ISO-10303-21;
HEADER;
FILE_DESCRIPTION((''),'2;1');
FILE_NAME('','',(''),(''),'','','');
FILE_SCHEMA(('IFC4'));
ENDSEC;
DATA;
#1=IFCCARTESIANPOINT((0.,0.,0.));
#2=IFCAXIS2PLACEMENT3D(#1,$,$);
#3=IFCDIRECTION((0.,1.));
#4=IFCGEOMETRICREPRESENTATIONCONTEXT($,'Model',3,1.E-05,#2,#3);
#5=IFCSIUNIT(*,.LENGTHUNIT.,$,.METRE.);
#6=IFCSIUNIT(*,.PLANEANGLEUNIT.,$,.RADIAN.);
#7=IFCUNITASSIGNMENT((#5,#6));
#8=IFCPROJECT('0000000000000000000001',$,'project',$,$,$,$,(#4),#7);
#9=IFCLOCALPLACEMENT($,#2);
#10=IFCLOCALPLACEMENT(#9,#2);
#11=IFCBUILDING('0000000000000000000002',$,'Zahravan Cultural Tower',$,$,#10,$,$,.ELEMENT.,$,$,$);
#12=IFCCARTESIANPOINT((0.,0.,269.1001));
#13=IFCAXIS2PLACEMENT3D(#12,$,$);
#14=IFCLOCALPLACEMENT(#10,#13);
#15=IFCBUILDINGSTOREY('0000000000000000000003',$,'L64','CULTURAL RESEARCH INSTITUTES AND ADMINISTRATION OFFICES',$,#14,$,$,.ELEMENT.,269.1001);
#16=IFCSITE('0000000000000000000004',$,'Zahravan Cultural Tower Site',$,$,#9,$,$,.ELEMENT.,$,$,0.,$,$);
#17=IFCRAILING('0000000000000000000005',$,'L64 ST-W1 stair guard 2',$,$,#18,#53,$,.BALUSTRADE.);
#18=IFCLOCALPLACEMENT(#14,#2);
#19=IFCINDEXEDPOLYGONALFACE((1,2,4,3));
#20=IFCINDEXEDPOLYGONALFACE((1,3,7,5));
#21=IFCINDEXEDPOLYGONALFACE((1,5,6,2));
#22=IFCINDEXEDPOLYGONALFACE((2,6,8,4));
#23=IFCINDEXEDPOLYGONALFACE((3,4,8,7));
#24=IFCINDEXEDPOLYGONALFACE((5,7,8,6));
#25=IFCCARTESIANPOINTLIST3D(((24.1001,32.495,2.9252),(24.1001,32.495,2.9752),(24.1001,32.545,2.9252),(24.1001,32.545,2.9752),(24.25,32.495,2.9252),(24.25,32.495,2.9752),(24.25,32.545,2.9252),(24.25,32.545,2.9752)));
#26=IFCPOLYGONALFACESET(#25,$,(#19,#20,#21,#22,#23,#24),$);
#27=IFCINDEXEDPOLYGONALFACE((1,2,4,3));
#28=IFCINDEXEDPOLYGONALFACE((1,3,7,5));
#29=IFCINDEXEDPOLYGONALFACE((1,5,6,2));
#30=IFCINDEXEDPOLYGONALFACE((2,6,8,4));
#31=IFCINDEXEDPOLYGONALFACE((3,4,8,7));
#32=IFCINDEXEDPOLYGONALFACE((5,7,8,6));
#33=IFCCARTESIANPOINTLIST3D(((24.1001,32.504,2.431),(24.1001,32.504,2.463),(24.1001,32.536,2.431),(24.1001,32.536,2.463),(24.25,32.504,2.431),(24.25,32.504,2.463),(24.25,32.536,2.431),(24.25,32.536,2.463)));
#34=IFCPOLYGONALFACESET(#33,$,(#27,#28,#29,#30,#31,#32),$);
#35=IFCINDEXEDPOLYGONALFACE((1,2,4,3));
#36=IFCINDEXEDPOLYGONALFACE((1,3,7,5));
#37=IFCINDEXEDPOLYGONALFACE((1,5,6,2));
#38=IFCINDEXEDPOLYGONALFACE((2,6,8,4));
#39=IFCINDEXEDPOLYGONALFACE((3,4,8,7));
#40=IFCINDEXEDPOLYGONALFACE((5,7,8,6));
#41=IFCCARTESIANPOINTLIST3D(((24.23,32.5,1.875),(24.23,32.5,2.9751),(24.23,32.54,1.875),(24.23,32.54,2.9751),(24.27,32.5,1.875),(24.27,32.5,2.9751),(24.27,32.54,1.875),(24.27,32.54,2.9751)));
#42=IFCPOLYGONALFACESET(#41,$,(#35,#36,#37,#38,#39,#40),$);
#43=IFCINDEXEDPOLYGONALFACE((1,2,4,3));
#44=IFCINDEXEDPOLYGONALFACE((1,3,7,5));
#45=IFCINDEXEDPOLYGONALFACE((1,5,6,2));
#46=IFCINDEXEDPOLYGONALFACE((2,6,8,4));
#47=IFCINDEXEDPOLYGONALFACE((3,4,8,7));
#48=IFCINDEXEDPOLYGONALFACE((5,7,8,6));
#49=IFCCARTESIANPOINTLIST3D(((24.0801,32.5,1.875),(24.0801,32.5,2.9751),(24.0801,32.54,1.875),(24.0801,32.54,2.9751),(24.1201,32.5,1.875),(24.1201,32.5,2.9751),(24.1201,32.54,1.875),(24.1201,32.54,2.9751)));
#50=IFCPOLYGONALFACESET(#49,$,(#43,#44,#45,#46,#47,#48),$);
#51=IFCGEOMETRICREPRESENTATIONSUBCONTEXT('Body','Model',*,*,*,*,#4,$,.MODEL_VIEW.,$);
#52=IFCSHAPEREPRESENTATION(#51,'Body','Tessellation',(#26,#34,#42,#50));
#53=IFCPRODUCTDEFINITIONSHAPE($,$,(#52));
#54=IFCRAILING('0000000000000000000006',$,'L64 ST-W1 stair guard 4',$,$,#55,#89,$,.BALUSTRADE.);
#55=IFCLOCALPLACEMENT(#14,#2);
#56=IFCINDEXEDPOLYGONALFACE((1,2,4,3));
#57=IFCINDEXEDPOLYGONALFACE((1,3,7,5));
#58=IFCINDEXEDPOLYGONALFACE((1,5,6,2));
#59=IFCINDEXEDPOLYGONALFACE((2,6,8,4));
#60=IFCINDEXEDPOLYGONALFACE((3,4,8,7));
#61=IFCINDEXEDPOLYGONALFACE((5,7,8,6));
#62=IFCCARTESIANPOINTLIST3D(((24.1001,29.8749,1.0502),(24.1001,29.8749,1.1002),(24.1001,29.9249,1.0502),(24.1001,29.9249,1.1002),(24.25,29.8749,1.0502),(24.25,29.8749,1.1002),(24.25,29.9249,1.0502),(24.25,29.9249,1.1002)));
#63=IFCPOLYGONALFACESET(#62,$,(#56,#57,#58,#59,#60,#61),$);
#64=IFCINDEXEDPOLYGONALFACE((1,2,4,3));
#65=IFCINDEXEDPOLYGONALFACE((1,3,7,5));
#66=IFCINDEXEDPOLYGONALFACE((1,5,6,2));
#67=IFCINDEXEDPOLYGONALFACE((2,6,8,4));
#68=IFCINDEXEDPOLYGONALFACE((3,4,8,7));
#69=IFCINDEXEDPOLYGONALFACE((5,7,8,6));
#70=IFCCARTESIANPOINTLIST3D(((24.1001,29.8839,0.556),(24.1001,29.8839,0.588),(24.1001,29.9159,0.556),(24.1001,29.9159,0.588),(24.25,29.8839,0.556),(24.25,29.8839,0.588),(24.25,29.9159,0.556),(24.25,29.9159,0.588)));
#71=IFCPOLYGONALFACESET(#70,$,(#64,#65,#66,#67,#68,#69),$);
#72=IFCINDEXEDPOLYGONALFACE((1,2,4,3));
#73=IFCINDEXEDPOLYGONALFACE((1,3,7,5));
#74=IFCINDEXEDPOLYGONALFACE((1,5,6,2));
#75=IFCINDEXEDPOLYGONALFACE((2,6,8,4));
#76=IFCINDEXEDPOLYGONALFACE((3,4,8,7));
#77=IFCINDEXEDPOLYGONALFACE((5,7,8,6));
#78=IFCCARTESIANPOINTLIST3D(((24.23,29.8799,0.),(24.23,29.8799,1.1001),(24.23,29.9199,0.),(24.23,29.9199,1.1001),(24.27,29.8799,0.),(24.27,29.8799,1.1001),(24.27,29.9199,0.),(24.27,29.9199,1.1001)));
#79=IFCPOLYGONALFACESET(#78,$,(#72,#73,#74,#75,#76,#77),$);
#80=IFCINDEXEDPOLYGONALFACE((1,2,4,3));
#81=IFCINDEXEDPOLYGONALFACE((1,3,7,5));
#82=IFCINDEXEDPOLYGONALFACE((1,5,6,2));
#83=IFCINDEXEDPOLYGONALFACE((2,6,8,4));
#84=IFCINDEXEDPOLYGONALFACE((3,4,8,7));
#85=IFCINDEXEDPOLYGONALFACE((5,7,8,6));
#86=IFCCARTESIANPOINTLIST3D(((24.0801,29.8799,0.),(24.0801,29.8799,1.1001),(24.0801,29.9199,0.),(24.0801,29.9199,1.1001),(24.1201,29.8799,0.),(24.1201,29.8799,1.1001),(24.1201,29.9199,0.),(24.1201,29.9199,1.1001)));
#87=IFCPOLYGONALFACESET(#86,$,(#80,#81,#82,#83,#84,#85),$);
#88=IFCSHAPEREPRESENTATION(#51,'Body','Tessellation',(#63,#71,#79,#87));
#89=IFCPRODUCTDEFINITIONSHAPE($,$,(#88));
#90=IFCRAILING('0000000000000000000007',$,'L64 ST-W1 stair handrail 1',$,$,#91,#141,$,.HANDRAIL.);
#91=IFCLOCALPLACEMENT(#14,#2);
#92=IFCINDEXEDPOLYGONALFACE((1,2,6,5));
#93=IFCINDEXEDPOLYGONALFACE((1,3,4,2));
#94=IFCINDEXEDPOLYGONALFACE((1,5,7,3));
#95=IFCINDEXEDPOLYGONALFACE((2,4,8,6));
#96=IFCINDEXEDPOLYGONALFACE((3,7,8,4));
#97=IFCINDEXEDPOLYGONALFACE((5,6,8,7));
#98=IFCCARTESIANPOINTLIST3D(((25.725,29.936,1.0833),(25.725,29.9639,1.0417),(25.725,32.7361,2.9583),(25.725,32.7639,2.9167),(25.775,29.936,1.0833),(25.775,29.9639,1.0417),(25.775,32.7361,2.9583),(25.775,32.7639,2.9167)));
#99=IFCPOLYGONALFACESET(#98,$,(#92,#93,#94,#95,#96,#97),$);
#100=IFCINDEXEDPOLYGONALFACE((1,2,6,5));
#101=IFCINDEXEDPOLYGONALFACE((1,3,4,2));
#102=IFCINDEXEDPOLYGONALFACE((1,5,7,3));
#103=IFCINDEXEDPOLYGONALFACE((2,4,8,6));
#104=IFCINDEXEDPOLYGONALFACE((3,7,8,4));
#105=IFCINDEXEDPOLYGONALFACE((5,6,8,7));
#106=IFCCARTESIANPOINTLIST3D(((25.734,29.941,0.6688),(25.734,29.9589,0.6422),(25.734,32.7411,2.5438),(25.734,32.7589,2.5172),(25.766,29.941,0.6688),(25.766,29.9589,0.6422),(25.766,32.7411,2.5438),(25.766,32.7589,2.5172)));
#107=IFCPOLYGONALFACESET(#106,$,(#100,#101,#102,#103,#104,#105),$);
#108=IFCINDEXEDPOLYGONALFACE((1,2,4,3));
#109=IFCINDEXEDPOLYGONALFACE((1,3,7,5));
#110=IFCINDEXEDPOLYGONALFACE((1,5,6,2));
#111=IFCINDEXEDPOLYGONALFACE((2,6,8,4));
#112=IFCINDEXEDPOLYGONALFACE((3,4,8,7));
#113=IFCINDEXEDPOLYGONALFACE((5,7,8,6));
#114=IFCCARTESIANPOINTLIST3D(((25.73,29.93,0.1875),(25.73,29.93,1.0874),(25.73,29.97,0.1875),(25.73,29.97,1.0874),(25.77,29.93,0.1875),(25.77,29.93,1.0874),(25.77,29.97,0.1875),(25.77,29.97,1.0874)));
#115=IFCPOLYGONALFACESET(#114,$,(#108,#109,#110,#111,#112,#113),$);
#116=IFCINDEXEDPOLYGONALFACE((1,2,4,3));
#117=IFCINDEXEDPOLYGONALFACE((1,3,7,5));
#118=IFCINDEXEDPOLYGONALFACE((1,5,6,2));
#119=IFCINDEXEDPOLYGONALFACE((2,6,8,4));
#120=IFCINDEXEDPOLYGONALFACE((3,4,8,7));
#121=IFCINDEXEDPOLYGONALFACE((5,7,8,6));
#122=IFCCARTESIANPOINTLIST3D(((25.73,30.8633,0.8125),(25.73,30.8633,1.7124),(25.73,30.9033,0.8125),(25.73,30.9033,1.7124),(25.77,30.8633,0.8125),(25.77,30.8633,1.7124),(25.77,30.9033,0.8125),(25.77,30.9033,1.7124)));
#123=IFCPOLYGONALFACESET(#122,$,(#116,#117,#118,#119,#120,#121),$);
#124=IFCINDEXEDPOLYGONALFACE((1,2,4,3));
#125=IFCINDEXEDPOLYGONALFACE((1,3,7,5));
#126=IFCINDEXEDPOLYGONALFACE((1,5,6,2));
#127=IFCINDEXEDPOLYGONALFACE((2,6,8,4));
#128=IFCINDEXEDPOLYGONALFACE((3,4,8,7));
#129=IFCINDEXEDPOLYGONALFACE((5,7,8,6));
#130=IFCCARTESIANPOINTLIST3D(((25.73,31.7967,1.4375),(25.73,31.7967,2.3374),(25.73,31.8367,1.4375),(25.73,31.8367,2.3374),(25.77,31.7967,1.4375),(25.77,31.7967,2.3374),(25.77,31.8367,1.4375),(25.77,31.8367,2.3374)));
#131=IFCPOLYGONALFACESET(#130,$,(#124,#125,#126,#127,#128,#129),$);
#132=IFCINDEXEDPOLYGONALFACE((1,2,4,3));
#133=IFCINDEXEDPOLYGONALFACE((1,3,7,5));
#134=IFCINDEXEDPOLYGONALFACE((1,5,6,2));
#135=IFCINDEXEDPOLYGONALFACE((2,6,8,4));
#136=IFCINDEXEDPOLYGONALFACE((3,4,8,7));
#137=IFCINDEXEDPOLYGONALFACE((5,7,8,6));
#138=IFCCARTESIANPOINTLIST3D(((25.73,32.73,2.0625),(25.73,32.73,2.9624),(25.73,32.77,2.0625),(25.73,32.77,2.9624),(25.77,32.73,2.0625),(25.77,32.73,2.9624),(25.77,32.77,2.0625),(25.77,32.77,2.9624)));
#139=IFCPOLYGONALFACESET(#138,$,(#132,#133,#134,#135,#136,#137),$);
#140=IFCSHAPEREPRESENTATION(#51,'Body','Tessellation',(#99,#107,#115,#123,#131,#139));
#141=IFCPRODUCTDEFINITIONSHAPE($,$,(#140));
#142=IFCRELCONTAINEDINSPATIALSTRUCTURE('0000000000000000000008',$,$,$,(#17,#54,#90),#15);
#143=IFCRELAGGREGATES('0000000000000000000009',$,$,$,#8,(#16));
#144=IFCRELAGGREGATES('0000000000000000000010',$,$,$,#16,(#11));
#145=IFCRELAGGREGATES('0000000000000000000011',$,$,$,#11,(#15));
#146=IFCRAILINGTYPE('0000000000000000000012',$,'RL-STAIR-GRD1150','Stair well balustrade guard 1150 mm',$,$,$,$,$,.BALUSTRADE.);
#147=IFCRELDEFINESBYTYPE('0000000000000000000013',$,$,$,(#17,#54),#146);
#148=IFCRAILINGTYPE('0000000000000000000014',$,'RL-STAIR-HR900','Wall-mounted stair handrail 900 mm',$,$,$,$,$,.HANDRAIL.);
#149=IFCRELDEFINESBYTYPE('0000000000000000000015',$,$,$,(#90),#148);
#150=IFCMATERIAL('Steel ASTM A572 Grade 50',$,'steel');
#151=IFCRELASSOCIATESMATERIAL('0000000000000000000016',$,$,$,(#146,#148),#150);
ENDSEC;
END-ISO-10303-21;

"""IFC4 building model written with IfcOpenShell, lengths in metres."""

from ifc_helpers import new_model, si_unit, direction, frame, origin, origin_2d, place, context, subcontext, project, spatial, rectangle, extrude, material, type_object, element, save


model = new_model("IFC4")

# Units and contexts
model_context = context("Model", 3, precision=1e-05, world=origin(), true_north=direction((0.0, 1.0)))
body_context = subcontext(model_context, "Body", "Model", "MODEL_VIEW")
ifc_project = project(units=[si_unit("LENGTHUNIT", "METRE"), si_unit("PLANEANGLEUNIT", "RADIAN")], contexts=[model_context])

# Site, building, storey
site_placement = place(None, origin())
site = spatial("IfcSite", under=ifc_project, at=site_placement, Name="Zahravan Cultural Tower Site", CompositionType="ELEMENT", RefElevation=0.0)
building_placement = place(site_placement, origin())
building = spatial("IfcBuilding", under=site, at=building_placement, Name="Zahravan Cultural Tower", CompositionType="ELEMENT")
storey_placement = place(building_placement, frame((0.0, 0.0, 269.1001)))
storey = spatial("IfcBuildingStorey", under=building, at=storey_placement, Name="L64", Description="CULTURAL RESEARCH INSTITUTES AND ADMINISTRATION OFFICES", CompositionType="ELEMENT", Elevation=269.1001)

# Shared definitions
ifc_material_1 = material(Name="Steel ASTM A572 Grade 50", Category="steel")

# Railings
railing_type_1 = type_object("IfcRailingType", Name="RL-STAIR-GRD1150", Description="Stair well balustrade guard 1150 mm", PredefinedType="BALUSTRADE", material=ifc_material_1)
for number, where, name in (
    (1, (24.25, 32.52, 1.875), "L64 ST-W1 stair guard 2"),
    (2, (24.25, 29.8999, 0.0), "L64 ST-W1 stair guard 4"),
):
    element("IfcRailing", number, at=place(storey_placement, frame(where)), inside=storey, type_object=railing_type_1, Name=name, PredefinedType="BALUSTRADE", context=body_context, shape_type="SweptSolid", body=[
        extrude(rectangle(XDim=0.05, YDim=0.05, at=origin_2d()), frame((0.0, 0.0, 1.0752), z_axis=(-1.0, 0.0, 0.0), x_axis=(0.0, -1.0, 0.0)), (0.0, 0.0, 1.0), 0.1499),
        extrude(rectangle(XDim=0.032, YDim=0.032, at=origin_2d()), frame((0.0, 0.0, 0.572), z_axis=(-1.0, 0.0, 0.0), x_axis=(0.0, -1.0, 0.0)), (0.0, 0.0, 1.0), 0.1499),
        extrude(rectangle(XDim=0.04, YDim=0.04, at=origin_2d()), origin(), (0.0, 0.0, 1.0), 1.1001),
        extrude(rectangle(XDim=0.04, YDim=0.04, at=origin_2d()), frame((-0.1499, 0.0, 0.0)), (0.0, 0.0, 1.0), 1.1001),
    ])
railing_type_2 = type_object("IfcRailingType", Name="RL-STAIR-HR900", Description="Wall-mounted stair handrail 900 mm", PredefinedType="HANDRAIL", material=ifc_material_1)
railing_1_placement = place(storey_placement, frame((25.75, 29.95, 0.1875)))
element("IfcRailing", 3, at=railing_1_placement, inside=storey, type_object=railing_type_2, Name="L64 ST-W1 stair handrail 1", PredefinedType="HANDRAIL", context=body_context, shape_type="SweptSolid", body=[
    extrude(rectangle(XDim=0.05, YDim=0.05, at=origin_2d()), frame((0.0, 0.0, 0.875), z_axis=(0.0, 0.830912, 0.556404), x_axis=(-1.0, 0.0, 0.0)), (0.0, 0.0, 1.0), 3.3699),
    extrude(rectangle(XDim=0.032, YDim=0.032, at=origin_2d()), frame((0.0, 0.0, 0.468), z_axis=(0.0, 0.830912, 0.556404), x_axis=(-1.0, 0.0, 0.0)), (0.0, 0.0, 1.0), 3.3699),
    extrude(rectangle(XDim=0.04, YDim=0.04, at=origin_2d()), origin(), (0.0, 0.0, 1.0), 0.8999),
    extrude(rectangle(XDim=0.04, YDim=0.04, at=origin_2d()), frame((0.0, 0.9333, 0.625)), (0.0, 0.0, 1.0), 0.8999),
    extrude(rectangle(XDim=0.04, YDim=0.04, at=origin_2d()), frame((0.0, 1.8667, 1.25)), (0.0, 0.0, 1.0), 0.8999),
    extrude(rectangle(XDim=0.04, YDim=0.04, at=origin_2d()), frame((0.0, 2.8, 1.875)), (0.0, 0.0, 1.0), 0.8999),
])

save(model, "model.ifc")
